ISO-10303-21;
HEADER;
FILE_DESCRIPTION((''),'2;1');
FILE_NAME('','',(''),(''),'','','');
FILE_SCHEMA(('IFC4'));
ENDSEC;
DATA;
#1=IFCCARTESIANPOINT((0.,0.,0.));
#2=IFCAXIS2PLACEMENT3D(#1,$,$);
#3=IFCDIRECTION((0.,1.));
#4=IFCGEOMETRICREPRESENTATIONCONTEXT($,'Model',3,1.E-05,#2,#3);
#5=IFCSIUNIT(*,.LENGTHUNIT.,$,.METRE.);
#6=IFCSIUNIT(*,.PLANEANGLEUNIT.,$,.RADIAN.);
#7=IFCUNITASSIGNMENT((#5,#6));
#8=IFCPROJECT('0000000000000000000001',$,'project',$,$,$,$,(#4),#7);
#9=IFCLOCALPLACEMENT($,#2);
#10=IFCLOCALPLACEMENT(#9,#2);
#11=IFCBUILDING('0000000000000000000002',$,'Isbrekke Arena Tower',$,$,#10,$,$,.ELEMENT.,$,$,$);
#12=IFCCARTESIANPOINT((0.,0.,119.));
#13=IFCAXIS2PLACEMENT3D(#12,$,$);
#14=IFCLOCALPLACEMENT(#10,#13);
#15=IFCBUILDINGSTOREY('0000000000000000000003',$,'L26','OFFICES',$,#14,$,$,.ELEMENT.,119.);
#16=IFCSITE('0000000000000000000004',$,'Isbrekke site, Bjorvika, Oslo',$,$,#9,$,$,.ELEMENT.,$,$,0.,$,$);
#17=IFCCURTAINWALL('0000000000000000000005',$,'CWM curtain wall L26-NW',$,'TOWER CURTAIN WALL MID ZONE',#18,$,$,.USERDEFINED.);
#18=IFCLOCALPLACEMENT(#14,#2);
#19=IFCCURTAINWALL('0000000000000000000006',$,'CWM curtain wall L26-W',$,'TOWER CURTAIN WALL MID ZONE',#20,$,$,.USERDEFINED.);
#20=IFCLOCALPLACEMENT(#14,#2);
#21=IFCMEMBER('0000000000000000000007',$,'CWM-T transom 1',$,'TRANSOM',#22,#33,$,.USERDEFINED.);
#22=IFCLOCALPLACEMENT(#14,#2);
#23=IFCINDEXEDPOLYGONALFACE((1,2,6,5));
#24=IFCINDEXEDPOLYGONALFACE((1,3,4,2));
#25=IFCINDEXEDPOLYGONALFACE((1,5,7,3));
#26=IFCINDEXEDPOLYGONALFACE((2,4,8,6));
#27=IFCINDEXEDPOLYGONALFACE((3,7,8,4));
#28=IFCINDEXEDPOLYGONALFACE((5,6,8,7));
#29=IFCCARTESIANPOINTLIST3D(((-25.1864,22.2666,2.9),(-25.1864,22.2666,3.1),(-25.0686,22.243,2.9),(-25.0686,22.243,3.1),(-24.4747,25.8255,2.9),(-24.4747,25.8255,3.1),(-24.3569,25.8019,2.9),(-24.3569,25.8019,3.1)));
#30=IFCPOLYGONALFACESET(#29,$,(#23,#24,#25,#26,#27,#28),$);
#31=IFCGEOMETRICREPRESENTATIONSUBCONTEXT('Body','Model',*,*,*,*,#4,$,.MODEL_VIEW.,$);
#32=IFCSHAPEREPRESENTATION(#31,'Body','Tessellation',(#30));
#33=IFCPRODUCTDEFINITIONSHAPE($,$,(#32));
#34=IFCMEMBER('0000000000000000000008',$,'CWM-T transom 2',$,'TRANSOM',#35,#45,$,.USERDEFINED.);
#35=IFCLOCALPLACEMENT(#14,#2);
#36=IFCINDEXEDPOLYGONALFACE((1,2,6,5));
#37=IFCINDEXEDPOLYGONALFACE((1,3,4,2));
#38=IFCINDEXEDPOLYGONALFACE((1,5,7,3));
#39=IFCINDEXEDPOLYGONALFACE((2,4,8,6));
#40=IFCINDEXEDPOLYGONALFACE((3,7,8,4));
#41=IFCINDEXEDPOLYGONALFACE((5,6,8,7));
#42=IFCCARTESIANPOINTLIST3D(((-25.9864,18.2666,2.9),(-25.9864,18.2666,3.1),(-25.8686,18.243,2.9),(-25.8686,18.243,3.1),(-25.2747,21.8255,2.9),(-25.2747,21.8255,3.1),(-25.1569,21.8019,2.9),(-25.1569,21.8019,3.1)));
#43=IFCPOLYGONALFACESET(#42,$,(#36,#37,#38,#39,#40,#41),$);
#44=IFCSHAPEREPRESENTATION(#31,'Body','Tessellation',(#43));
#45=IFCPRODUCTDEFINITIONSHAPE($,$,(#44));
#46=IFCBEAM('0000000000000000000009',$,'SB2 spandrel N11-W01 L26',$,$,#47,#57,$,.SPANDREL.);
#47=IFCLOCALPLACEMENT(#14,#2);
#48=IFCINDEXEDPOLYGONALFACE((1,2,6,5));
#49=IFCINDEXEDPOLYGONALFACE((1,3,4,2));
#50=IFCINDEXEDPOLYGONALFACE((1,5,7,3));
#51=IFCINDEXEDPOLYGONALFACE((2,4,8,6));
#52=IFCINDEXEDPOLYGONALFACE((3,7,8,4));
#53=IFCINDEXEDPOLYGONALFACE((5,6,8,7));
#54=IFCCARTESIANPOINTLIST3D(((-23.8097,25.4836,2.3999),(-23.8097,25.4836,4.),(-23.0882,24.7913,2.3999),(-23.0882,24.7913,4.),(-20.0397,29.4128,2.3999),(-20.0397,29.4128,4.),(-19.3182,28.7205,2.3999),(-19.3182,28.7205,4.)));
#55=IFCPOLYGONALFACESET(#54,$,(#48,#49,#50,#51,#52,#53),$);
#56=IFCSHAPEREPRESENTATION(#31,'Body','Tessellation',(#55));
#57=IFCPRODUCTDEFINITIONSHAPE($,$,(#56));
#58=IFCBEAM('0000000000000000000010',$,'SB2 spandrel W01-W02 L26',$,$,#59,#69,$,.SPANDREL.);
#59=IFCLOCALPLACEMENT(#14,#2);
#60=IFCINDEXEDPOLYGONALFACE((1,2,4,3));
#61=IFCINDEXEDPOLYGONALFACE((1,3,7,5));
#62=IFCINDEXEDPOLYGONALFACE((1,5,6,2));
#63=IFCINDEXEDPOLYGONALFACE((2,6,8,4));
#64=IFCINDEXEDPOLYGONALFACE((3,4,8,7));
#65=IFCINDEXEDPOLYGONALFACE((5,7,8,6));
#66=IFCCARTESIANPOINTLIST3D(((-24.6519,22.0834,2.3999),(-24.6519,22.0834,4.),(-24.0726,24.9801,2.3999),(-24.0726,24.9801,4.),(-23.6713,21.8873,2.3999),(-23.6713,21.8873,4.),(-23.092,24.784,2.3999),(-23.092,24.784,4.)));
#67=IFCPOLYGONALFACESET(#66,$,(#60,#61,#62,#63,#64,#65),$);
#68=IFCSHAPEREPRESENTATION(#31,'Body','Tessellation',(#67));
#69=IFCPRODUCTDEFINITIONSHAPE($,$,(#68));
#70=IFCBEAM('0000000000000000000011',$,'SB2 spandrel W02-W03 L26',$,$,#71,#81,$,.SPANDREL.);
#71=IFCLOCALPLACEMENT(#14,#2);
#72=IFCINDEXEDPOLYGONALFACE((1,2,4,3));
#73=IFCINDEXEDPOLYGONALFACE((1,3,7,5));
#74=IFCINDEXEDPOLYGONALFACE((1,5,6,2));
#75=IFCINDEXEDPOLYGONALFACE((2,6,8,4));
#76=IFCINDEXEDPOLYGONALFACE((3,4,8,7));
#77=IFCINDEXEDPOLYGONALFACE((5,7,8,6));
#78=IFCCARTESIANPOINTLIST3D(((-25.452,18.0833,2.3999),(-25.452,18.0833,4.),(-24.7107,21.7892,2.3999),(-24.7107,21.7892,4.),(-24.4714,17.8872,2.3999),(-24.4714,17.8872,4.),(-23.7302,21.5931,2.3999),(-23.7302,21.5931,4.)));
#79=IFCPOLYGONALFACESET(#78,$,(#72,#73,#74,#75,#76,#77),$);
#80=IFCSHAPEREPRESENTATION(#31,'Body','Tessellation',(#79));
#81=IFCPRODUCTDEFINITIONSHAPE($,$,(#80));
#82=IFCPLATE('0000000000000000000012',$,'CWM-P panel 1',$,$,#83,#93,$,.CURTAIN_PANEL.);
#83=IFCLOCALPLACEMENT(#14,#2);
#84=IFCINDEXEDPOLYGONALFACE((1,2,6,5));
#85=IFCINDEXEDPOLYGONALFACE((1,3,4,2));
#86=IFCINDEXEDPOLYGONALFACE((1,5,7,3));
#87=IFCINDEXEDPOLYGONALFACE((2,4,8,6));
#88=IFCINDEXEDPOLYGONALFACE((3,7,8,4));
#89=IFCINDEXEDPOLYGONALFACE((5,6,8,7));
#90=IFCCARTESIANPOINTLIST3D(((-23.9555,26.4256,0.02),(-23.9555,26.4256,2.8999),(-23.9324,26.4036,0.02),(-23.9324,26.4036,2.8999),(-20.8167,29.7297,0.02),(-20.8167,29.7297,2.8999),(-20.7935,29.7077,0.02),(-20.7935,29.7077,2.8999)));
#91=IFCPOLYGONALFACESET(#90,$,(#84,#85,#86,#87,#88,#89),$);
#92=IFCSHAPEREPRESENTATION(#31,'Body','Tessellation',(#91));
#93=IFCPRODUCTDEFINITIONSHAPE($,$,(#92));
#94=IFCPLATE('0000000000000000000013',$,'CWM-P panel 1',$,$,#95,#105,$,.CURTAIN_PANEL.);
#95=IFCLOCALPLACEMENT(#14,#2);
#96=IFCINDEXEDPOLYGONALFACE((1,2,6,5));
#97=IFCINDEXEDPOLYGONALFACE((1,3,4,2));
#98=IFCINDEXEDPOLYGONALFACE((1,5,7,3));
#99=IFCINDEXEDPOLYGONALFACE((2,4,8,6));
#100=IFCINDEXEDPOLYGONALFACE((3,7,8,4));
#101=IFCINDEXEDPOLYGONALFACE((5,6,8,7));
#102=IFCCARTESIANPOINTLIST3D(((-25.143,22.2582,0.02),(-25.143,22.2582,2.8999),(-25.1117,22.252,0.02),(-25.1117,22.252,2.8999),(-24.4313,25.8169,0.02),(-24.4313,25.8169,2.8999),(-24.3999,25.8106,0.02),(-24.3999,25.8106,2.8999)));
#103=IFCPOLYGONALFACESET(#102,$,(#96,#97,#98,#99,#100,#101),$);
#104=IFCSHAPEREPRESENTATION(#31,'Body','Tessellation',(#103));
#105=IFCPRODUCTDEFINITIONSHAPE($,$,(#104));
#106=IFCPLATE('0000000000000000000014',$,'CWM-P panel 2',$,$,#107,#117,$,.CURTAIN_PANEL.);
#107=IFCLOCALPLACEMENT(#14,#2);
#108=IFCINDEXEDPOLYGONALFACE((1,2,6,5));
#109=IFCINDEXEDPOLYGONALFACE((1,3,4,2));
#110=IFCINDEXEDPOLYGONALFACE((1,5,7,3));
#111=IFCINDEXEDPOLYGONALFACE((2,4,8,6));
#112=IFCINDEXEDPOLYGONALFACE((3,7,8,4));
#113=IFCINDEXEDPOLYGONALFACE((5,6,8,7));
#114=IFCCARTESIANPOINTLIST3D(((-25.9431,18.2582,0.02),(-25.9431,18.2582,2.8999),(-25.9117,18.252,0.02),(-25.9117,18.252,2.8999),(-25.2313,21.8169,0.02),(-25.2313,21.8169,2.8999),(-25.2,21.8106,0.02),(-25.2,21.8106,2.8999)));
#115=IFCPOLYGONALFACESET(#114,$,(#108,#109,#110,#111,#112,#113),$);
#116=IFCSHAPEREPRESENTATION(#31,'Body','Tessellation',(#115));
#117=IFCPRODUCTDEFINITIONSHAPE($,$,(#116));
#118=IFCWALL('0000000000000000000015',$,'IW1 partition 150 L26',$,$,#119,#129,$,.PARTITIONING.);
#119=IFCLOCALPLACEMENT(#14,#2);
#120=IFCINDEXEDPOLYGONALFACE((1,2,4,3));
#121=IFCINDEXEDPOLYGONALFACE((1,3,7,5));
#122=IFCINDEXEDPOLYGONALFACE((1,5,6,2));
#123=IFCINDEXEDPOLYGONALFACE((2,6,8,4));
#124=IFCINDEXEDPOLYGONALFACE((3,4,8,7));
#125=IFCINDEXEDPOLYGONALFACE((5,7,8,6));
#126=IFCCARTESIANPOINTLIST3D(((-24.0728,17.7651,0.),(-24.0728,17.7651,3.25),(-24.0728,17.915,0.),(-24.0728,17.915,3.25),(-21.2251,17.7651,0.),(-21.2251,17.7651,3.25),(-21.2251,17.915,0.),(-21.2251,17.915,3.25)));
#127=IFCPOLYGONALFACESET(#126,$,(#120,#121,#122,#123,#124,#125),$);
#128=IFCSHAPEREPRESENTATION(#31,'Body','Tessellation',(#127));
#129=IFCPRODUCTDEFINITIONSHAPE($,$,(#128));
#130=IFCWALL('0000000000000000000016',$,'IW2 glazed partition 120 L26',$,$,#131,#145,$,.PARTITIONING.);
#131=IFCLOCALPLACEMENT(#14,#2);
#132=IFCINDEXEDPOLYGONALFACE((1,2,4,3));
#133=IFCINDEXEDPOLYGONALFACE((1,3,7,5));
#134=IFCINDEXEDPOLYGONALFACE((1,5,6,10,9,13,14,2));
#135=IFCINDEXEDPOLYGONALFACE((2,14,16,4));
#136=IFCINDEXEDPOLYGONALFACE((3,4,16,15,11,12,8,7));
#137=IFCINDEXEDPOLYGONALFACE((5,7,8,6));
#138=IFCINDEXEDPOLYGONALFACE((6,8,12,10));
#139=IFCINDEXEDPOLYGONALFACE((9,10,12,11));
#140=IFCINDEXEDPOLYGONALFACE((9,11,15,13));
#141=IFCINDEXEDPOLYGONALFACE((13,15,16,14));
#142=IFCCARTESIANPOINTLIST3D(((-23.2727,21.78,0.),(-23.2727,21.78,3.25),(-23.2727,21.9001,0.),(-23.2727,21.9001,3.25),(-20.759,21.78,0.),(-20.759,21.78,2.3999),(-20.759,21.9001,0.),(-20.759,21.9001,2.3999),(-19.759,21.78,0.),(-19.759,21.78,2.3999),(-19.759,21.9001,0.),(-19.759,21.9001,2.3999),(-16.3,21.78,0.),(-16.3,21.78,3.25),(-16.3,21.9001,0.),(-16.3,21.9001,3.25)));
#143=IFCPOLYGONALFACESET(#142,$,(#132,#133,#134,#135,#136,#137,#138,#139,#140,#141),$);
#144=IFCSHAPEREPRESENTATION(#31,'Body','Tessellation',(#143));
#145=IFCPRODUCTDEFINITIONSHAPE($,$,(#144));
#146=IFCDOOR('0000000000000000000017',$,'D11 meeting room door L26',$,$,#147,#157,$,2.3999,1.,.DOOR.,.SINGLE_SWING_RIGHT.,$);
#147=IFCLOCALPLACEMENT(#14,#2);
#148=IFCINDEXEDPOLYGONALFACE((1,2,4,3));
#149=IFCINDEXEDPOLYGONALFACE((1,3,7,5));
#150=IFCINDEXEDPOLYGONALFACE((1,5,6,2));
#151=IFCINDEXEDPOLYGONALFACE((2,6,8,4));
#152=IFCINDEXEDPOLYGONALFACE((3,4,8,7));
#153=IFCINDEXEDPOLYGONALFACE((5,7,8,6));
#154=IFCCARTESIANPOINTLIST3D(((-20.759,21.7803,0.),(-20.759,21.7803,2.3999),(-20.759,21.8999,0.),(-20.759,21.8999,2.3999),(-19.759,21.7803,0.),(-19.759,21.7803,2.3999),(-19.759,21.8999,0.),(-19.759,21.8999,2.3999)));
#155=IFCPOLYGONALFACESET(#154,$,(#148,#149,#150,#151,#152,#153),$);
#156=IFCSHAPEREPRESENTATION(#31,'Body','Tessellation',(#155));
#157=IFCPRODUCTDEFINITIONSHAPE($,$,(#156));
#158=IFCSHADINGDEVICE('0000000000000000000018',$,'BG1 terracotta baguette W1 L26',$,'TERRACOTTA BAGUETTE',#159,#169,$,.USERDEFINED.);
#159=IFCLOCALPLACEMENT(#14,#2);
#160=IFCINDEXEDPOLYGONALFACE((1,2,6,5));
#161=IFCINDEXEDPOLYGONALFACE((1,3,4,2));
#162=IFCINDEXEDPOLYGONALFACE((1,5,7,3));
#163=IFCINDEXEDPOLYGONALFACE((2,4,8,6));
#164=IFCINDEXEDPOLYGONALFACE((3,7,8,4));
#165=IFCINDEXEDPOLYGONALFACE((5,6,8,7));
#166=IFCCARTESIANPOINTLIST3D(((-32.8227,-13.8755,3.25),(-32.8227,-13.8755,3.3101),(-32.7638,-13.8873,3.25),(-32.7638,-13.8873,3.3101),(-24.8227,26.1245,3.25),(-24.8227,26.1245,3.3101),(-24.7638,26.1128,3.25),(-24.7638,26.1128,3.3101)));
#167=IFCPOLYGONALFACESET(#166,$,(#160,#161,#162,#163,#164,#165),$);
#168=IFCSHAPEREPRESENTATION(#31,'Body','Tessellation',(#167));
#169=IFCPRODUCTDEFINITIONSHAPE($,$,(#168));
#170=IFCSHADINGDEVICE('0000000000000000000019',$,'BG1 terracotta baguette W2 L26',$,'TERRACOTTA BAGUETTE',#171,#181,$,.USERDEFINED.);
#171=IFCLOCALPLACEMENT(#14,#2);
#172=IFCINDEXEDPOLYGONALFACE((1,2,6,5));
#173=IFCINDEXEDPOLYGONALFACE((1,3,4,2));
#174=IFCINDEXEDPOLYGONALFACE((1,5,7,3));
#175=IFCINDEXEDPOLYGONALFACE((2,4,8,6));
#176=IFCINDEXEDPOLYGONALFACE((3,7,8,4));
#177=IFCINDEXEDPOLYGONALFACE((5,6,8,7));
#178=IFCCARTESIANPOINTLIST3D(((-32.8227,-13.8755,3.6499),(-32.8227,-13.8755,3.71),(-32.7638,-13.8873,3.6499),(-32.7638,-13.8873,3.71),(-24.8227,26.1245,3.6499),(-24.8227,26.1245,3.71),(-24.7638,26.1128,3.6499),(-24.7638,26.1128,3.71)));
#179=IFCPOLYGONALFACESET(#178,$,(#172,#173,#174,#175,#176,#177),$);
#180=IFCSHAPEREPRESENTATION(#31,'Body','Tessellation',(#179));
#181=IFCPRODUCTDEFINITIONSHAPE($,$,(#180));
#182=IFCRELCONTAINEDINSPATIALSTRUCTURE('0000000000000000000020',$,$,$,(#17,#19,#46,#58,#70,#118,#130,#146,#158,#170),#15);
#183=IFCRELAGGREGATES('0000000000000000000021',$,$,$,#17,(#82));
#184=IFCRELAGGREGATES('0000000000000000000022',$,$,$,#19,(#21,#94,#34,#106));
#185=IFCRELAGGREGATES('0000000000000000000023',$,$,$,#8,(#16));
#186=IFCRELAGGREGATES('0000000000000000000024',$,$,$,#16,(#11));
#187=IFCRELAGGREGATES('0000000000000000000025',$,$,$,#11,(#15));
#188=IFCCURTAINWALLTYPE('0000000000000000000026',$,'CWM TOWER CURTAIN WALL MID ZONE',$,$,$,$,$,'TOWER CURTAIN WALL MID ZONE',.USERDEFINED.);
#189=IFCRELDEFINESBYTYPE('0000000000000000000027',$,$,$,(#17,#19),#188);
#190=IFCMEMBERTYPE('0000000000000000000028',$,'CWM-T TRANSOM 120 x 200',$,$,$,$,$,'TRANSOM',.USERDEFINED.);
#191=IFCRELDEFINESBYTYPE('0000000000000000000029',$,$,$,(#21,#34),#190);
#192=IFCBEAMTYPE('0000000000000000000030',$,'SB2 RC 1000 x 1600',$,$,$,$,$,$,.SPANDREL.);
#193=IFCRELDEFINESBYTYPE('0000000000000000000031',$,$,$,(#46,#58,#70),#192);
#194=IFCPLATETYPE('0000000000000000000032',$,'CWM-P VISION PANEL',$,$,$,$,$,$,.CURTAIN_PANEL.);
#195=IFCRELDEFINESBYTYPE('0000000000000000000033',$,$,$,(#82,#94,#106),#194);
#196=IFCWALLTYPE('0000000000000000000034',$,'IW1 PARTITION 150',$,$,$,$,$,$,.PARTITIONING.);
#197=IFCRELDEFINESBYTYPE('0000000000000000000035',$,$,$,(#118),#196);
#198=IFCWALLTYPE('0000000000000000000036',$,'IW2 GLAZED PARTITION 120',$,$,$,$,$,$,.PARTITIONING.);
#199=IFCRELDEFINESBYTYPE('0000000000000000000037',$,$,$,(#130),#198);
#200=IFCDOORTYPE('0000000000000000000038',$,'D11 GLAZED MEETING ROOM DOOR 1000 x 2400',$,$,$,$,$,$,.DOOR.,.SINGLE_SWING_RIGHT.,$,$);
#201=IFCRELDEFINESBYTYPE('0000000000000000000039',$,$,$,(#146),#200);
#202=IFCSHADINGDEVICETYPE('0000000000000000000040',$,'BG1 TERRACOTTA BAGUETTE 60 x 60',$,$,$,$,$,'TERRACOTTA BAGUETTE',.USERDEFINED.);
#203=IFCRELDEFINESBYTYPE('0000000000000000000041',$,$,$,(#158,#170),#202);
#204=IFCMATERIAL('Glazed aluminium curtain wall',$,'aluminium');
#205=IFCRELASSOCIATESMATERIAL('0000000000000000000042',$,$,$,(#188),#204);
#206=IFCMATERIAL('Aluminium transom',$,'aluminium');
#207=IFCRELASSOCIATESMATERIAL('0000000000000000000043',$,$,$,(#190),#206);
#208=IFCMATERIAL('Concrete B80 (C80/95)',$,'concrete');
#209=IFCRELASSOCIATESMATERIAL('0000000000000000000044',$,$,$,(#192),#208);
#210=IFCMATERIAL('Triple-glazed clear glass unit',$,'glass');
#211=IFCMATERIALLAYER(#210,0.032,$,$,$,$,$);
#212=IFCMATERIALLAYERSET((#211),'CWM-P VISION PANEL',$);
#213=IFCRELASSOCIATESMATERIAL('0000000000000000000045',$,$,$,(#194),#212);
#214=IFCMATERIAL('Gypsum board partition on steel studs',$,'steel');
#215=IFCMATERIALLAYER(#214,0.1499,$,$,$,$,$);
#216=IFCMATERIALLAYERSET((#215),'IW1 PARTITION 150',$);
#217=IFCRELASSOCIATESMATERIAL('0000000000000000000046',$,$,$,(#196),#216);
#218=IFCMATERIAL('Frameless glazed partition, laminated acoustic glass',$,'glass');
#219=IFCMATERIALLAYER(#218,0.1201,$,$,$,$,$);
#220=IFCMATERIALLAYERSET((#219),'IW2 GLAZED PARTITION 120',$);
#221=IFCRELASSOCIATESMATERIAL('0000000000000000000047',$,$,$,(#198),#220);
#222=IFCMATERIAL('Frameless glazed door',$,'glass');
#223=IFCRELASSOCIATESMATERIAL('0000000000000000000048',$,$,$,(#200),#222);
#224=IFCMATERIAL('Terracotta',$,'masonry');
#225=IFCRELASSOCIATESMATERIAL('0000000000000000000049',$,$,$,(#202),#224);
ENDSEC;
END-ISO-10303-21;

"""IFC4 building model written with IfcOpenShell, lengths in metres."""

from ifc_helpers import new_model, si_unit, direction, frame, frame_2d, origin, origin_2d, place, context, subcontext, project, spatial, rectangle, extrude, material, layer, layer_set, material_profile, profile_set, type_object, element, fill, aggregate, save


model = new_model("IFC4")

# Units and contexts
model_context = context("Model", 3, precision=1e-05, world=origin(), true_north=direction((0.0, 1.0)))
body_context = subcontext(model_context, "Body", "Model", "MODEL_VIEW")
ifc_project = project(units=[si_unit("LENGTHUNIT", "METRE"), si_unit("PLANEANGLEUNIT", "RADIAN")], contexts=[model_context])

# Site, building, storey
site_placement = place(None, origin())
site = spatial("IfcSite", under=ifc_project, at=site_placement, Name="Isbrekke site, Bjorvika, Oslo", CompositionType="ELEMENT", RefElevation=0.0)
building_placement = place(site_placement, origin())
building = spatial("IfcBuilding", under=site, at=building_placement, Name="Isbrekke Arena Tower", CompositionType="ELEMENT")
storey_placement = place(building_placement, frame((0.0, 0.0, 119.0)))
storey = spatial("IfcBuildingStorey", under=building, at=storey_placement, Name="L26", Description="OFFICES", CompositionType="ELEMENT", Elevation=119.0)

# Shared definitions
ifc_material_1 = material(Name="Glazed aluminium curtain wall", Category="aluminium")
curtain_wall_type = type_object("IfcCurtainWallType", Name="CWM TOWER CURTAIN WALL MID ZONE", ElementType="TOWER CURTAIN WALL MID ZONE", PredefinedType="USERDEFINED", material=ifc_material_1)

# Curtain walls
curtain_wall_1_placement = place(storey_placement, origin())
curtain_wall_1 = element("IfcCurtainWall", 1, at=curtain_wall_1_placement, inside=storey, type_object=curtain_wall_type, Name="CWM curtain wall L26-NW", ObjectType="TOWER CURTAIN WALL MID ZONE", PredefinedType="USERDEFINED")
curtain_wall_2_placement = place(storey_placement, origin())
curtain_wall_2 = element("IfcCurtainWall", 2, at=curtain_wall_2_placement, inside=storey, type_object=curtain_wall_type, Name="CWM curtain wall L26-W", ObjectType="TOWER CURTAIN WALL MID ZONE", PredefinedType="USERDEFINED")

# Members
ifc_material_2 = material(Name="Aluminium transom", Category="aluminium")
ifc_material_profile_1 = material_profile(ifc_material_2, rectangle(XDim=0.1201, YDim=0.2, at=origin_2d()), Name="TRANSOM 120X200")
ifc_profile_set_1 = profile_set([ifc_material_profile_1], Name="Aluminium transom")
member_type_1 = type_object("IfcMemberType", Name="CWM-T TRANSOM 120 x 200", ElementType="TRANSOM", PredefinedType="USERDEFINED", material=ifc_profile_set_1)
member_1_placement = place(storey_placement, frame((-24.4158, 25.8137, 3.0), z_axis=(-0.19609, -0.980586, 0.0), x_axis=(0.980586, -0.19609, 0.0)))
member_1 = element("IfcMember", 3, at=member_1_placement, type_object=member_type_1, Name="CWM-T transom 1", ObjectType="TRANSOM", PredefinedType="USERDEFINED", context=body_context, shape_type="SweptSolid", body=[
    extrude(rectangle(XDim=0.1201, YDim=0.2, at=origin_2d()), origin(), (0.0, 0.0, 1.0), 3.6294),
])
member_2_placement = place(storey_placement, frame((-25.2158, 21.8137, 3.0), z_axis=(-0.19609, -0.980586, 0.0), x_axis=(0.980586, -0.19609, 0.0)))
member_2 = element("IfcMember", 4, at=member_2_placement, type_object=member_type_1, Name="CWM-T transom 2", ObjectType="TRANSOM", PredefinedType="USERDEFINED", context=body_context, shape_type="SweptSolid", body=[
    extrude(rectangle(XDim=0.1201, YDim=0.2, at=origin_2d()), origin(), (0.0, 0.0, 1.0), 3.6294),
])

# Beams
ifc_material_3 = material(Name="Concrete B80 (C80/95)", Category="concrete")
ifc_material_profile_2 = material_profile(ifc_material_3, rectangle(XDim=1.0, YDim=1.6001, at=origin_2d()), Name="RC 1000x1600")
ifc_profile_set_2 = profile_set([ifc_material_profile_2], Name="Concrete B80 (C80/95)")
beam_type_1 = type_object("IfcBeamType", Name="SB2 RC 1000 x 1600", PredefinedType="SPANDREL", material=ifc_profile_set_2)
beam_1_placement = place(storey_placement, frame((-19.679, 29.0667, 3.2), z_axis=(-0.69234, -0.721572, 0.0), x_axis=(0.721572, -0.69234, 0.0)))
element("IfcBeam", 5, at=beam_1_placement, inside=storey, type_object=beam_type_1, Name="SB2 spandrel N11-W01 L26", PredefinedType="SPANDREL", context=body_context, shape_type="SweptSolid", body=[
    extrude(rectangle(XDim=1.0, YDim=1.6001, at=origin_2d()), origin(), (0.0, 0.0, 1.0), 5.4453),
])
beam_2_placement = place(storey_placement, frame((-23.5823, 24.8821, 3.2), z_axis=(-0.196116, -0.980581, 0.0), x_axis=(0.980581, -0.196116, 0.0)))
element("IfcBeam", 6, at=beam_2_placement, inside=storey, type_object=beam_type_1, Name="SB2 spandrel W01-W02 L26", PredefinedType="SPANDREL", context=body_context, shape_type="SweptSolid", body=[
    extrude(rectangle(XDim=1.0, YDim=1.6001, at=origin_2d()), origin(), (0.0, 0.0, 1.0), 2.9541),
])
beam_3_placement = place(storey_placement, frame((-24.2205, 21.6912, 3.2), z_axis=(-0.196129, -0.980578, 0.0), x_axis=(0.980578, -0.196129, 0.0)))
element("IfcBeam", 7, at=beam_3_placement, inside=storey, type_object=beam_type_1, Name="SB2 spandrel W02-W03 L26", PredefinedType="SPANDREL", context=body_context, shape_type="SweptSolid", body=[
    extrude(rectangle(XDim=1.0, YDim=1.6001, at=origin_2d()), origin(), (0.0, 0.0, 1.0), 3.7793),
])

# Plates
ifc_material_4 = material(Name="Triple-glazed clear glass unit", Category="glass")
ifc_layer_1 = layer(ifc_material_4, 0.032)
ifc_layer_set_1 = layer_set([ifc_layer_1], Name="CWM-P VISION PANEL")
plate_type = type_object("IfcPlateType", Name="CWM-P VISION PANEL", PredefinedType="CURTAIN_PANEL", material=ifc_layer_set_1)
plate_1_placement = place(storey_placement, frame((-22.3745, 28.0667, 0.02), z_axis=(0.0, 0.0, 1.0), x_axis=(-0.688749, -0.724999, 0.0)))
plate_1 = element("IfcPlate", 8, at=plate_1_placement, type_object=plate_type, Name="CWM-P panel 1", PredefinedType="CURTAIN_PANEL", context=body_context, shape_type="SweptSolid", body=[
    extrude(rectangle(XDim=4.5574, YDim=0.032, at=origin_2d()), origin(), (0.0, 0.0, 1.0), 2.8799),
])
aggregate(curtain_wall_1, [plate_1])
plate_2_placement = place(storey_placement, frame((-24.7715, 24.0344, 0.02), z_axis=(0.0, 0.0, 1.0), x_axis=(-0.196116, -0.980581, 0.0)))
plate_2 = element("IfcPlate", 9, at=plate_2_placement, type_object=plate_type, Name="CWM-P panel 1", PredefinedType="CURTAIN_PANEL", context=body_context, shape_type="SweptSolid", body=[
    extrude(rectangle(XDim=3.6292, YDim=0.032, at=origin_2d()), origin(), (0.0, 0.0, 1.0), 2.8799),
])
plate_3_placement = place(storey_placement, frame((-25.5715, 20.0344, 0.02), z_axis=(0.0, 0.0, 1.0), x_axis=(-0.196116, -0.980581, 0.0)))
plate_3 = element("IfcPlate", 10, at=plate_3_placement, type_object=plate_type, Name="CWM-P panel 2", PredefinedType="CURTAIN_PANEL", context=body_context, shape_type="SweptSolid", body=[
    extrude(rectangle(XDim=3.6292, YDim=0.032, at=origin_2d()), origin(), (0.0, 0.0, 1.0), 2.8799),
])
aggregate(curtain_wall_2, [member_1, plate_2, member_2, plate_3])

# Wall
ifc_material_5 = material(Name="Gypsum board partition on steel studs", Category="steel")
ifc_layer_2 = layer(ifc_material_5, 0.1499)
ifc_layer_set_2 = layer_set([ifc_layer_2], Name="IW1 PARTITION 150")
wall_type_1 = type_object("IfcWallType", Name="IW1 PARTITION 150", PredefinedType="PARTITIONING", material=ifc_layer_set_2)
wall_1_placement = place(storey_placement, frame((-24.0728, 17.8401, 0.0), z_axis=(0.0, 0.0, 1.0), x_axis=(1.0, 0.0, 0.0)))
element("IfcWall", 11, at=wall_1_placement, inside=storey, type_object=wall_type_1, Name="IW1 partition 150 L26", PredefinedType="PARTITIONING", context=body_context, shape_type="SweptSolid", body=[
    extrude(rectangle(XDim=2.8477, YDim=0.1499, at=frame_2d((1.4238, 0.0))), origin(), (0.0, 0.0, 1.0), 3.25),
])

# Wall, opening, door
ifc_material_6 = material(Name="Frameless glazed partition, laminated acoustic glass", Category="glass")
ifc_layer_3 = layer(ifc_material_6, 0.1201)
ifc_layer_set_3 = layer_set([ifc_layer_3], Name="IW2 GLAZED PARTITION 120")
wall_type_2 = type_object("IfcWallType", Name="IW2 GLAZED PARTITION 120", PredefinedType="PARTITIONING", material=ifc_layer_set_3)
wall_2_placement = place(storey_placement, frame((-23.2727, 21.8401, 0.0), z_axis=(0.0, 0.0, 1.0), x_axis=(1.0, 0.0, 0.0)))
wall_2 = element("IfcWall", 12, at=wall_2_placement, inside=storey, type_object=wall_type_2, Name="IW2 glazed partition 120 L26", PredefinedType="PARTITIONING", context=body_context, shape_type="SweptSolid", body=[
    extrude(rectangle(XDim=6.9727, YDim=0.1201, at=frame_2d((3.4863, 0.0))), origin(), (0.0, 0.0, 1.0), 3.25),
])
opening_placement = place(wall_2_placement, frame((2.5137, 0.0, 0.0)))
opening = element("IfcOpeningElement", 13, at=opening_placement, cuts=wall_2, PredefinedType="OPENING", context=body_context, shape_type="SweptSolid", body=[
    extrude(rectangle(XDim=1.0, YDim=2.3999, at=frame_2d((0.5, 1.2))), frame((0.0, 0.075, 0.0), z_axis=(0.0, -1.0, 0.0), x_axis=(1.0, 0.0, 0.0)), (0.0, 0.0, 1.0), 0.1499),
])
ifc_material_7 = material(Name="Frameless glazed door", Category="glass")
door_type = type_object("IfcDoorType", Name="D11 GLAZED MEETING ROOM DOOR 1000 x 2400", OperationType="SINGLE_SWING_RIGHT", PredefinedType="DOOR", material=ifc_material_7)
door_placement = place(opening_placement, origin())
door = element("IfcDoor", 14, at=door_placement, inside=storey, type_object=door_type, Name="D11 meeting room door L26", OperationType="SINGLE_SWING_RIGHT", OverallHeight=2.3999, OverallWidth=1.0, PredefinedType="DOOR", context=body_context, shape_type="SweptSolid", body=[
    extrude(rectangle(XDim=1.0, YDim=2.3999, at=frame_2d((0.5, 1.2))), frame((0.0, 0.0598, 0.0), z_axis=(0.0, -1.0, 0.0), x_axis=(1.0, 0.0, 0.0)), (0.0, 0.0, 1.0), 0.1196),
])
fill(opening, door)

# Shading devices
ifc_material_8 = material(Name="Terracotta", Category="masonry")
ifc_material_profile_3 = material_profile(ifc_material_8, rectangle(XDim=0.0601, YDim=0.0601, at=origin_2d()), Name="BAGUETTE 60X60")
ifc_profile_set_3 = profile_set([ifc_material_profile_3], Name="Terracotta")
shading_device_type = type_object("IfcShadingDeviceType", Name="BG1 TERRACOTTA BAGUETTE 60 x 60", ElementType="TERRACOTTA BAGUETTE", PredefinedType="USERDEFINED", material=ifc_profile_set_3)
for number, where, z_axis, x_axis, name in (
    (15, (-24.7932, 26.1187, 3.28), (-0.196116, -0.980581, 0.0), (0.980581, -0.196116, 0.0), "BG1 terracotta baguette W1 L26"),
    (16, (-24.7932, 26.1187, 3.6799), (-0.196116, -0.980581, 0.0), (0.980581, -0.196116, 0.0), "BG1 terracotta baguette W2 L26"),
):
    element("IfcShadingDevice", number, at=place(storey_placement, frame(where, z_axis=z_axis, x_axis=x_axis)), inside=storey, type_object=shading_device_type, Name=name, ObjectType="TERRACOTTA BAGUETTE", PredefinedType="USERDEFINED", context=body_context, shape_type="SweptSolid", body=[
        extrude(rectangle(XDim=0.0601, YDim=0.0601, at=origin_2d()), origin(), (0.0, 0.0, 1.0), 40.7922),
    ])

save(model, "model.ifc")
